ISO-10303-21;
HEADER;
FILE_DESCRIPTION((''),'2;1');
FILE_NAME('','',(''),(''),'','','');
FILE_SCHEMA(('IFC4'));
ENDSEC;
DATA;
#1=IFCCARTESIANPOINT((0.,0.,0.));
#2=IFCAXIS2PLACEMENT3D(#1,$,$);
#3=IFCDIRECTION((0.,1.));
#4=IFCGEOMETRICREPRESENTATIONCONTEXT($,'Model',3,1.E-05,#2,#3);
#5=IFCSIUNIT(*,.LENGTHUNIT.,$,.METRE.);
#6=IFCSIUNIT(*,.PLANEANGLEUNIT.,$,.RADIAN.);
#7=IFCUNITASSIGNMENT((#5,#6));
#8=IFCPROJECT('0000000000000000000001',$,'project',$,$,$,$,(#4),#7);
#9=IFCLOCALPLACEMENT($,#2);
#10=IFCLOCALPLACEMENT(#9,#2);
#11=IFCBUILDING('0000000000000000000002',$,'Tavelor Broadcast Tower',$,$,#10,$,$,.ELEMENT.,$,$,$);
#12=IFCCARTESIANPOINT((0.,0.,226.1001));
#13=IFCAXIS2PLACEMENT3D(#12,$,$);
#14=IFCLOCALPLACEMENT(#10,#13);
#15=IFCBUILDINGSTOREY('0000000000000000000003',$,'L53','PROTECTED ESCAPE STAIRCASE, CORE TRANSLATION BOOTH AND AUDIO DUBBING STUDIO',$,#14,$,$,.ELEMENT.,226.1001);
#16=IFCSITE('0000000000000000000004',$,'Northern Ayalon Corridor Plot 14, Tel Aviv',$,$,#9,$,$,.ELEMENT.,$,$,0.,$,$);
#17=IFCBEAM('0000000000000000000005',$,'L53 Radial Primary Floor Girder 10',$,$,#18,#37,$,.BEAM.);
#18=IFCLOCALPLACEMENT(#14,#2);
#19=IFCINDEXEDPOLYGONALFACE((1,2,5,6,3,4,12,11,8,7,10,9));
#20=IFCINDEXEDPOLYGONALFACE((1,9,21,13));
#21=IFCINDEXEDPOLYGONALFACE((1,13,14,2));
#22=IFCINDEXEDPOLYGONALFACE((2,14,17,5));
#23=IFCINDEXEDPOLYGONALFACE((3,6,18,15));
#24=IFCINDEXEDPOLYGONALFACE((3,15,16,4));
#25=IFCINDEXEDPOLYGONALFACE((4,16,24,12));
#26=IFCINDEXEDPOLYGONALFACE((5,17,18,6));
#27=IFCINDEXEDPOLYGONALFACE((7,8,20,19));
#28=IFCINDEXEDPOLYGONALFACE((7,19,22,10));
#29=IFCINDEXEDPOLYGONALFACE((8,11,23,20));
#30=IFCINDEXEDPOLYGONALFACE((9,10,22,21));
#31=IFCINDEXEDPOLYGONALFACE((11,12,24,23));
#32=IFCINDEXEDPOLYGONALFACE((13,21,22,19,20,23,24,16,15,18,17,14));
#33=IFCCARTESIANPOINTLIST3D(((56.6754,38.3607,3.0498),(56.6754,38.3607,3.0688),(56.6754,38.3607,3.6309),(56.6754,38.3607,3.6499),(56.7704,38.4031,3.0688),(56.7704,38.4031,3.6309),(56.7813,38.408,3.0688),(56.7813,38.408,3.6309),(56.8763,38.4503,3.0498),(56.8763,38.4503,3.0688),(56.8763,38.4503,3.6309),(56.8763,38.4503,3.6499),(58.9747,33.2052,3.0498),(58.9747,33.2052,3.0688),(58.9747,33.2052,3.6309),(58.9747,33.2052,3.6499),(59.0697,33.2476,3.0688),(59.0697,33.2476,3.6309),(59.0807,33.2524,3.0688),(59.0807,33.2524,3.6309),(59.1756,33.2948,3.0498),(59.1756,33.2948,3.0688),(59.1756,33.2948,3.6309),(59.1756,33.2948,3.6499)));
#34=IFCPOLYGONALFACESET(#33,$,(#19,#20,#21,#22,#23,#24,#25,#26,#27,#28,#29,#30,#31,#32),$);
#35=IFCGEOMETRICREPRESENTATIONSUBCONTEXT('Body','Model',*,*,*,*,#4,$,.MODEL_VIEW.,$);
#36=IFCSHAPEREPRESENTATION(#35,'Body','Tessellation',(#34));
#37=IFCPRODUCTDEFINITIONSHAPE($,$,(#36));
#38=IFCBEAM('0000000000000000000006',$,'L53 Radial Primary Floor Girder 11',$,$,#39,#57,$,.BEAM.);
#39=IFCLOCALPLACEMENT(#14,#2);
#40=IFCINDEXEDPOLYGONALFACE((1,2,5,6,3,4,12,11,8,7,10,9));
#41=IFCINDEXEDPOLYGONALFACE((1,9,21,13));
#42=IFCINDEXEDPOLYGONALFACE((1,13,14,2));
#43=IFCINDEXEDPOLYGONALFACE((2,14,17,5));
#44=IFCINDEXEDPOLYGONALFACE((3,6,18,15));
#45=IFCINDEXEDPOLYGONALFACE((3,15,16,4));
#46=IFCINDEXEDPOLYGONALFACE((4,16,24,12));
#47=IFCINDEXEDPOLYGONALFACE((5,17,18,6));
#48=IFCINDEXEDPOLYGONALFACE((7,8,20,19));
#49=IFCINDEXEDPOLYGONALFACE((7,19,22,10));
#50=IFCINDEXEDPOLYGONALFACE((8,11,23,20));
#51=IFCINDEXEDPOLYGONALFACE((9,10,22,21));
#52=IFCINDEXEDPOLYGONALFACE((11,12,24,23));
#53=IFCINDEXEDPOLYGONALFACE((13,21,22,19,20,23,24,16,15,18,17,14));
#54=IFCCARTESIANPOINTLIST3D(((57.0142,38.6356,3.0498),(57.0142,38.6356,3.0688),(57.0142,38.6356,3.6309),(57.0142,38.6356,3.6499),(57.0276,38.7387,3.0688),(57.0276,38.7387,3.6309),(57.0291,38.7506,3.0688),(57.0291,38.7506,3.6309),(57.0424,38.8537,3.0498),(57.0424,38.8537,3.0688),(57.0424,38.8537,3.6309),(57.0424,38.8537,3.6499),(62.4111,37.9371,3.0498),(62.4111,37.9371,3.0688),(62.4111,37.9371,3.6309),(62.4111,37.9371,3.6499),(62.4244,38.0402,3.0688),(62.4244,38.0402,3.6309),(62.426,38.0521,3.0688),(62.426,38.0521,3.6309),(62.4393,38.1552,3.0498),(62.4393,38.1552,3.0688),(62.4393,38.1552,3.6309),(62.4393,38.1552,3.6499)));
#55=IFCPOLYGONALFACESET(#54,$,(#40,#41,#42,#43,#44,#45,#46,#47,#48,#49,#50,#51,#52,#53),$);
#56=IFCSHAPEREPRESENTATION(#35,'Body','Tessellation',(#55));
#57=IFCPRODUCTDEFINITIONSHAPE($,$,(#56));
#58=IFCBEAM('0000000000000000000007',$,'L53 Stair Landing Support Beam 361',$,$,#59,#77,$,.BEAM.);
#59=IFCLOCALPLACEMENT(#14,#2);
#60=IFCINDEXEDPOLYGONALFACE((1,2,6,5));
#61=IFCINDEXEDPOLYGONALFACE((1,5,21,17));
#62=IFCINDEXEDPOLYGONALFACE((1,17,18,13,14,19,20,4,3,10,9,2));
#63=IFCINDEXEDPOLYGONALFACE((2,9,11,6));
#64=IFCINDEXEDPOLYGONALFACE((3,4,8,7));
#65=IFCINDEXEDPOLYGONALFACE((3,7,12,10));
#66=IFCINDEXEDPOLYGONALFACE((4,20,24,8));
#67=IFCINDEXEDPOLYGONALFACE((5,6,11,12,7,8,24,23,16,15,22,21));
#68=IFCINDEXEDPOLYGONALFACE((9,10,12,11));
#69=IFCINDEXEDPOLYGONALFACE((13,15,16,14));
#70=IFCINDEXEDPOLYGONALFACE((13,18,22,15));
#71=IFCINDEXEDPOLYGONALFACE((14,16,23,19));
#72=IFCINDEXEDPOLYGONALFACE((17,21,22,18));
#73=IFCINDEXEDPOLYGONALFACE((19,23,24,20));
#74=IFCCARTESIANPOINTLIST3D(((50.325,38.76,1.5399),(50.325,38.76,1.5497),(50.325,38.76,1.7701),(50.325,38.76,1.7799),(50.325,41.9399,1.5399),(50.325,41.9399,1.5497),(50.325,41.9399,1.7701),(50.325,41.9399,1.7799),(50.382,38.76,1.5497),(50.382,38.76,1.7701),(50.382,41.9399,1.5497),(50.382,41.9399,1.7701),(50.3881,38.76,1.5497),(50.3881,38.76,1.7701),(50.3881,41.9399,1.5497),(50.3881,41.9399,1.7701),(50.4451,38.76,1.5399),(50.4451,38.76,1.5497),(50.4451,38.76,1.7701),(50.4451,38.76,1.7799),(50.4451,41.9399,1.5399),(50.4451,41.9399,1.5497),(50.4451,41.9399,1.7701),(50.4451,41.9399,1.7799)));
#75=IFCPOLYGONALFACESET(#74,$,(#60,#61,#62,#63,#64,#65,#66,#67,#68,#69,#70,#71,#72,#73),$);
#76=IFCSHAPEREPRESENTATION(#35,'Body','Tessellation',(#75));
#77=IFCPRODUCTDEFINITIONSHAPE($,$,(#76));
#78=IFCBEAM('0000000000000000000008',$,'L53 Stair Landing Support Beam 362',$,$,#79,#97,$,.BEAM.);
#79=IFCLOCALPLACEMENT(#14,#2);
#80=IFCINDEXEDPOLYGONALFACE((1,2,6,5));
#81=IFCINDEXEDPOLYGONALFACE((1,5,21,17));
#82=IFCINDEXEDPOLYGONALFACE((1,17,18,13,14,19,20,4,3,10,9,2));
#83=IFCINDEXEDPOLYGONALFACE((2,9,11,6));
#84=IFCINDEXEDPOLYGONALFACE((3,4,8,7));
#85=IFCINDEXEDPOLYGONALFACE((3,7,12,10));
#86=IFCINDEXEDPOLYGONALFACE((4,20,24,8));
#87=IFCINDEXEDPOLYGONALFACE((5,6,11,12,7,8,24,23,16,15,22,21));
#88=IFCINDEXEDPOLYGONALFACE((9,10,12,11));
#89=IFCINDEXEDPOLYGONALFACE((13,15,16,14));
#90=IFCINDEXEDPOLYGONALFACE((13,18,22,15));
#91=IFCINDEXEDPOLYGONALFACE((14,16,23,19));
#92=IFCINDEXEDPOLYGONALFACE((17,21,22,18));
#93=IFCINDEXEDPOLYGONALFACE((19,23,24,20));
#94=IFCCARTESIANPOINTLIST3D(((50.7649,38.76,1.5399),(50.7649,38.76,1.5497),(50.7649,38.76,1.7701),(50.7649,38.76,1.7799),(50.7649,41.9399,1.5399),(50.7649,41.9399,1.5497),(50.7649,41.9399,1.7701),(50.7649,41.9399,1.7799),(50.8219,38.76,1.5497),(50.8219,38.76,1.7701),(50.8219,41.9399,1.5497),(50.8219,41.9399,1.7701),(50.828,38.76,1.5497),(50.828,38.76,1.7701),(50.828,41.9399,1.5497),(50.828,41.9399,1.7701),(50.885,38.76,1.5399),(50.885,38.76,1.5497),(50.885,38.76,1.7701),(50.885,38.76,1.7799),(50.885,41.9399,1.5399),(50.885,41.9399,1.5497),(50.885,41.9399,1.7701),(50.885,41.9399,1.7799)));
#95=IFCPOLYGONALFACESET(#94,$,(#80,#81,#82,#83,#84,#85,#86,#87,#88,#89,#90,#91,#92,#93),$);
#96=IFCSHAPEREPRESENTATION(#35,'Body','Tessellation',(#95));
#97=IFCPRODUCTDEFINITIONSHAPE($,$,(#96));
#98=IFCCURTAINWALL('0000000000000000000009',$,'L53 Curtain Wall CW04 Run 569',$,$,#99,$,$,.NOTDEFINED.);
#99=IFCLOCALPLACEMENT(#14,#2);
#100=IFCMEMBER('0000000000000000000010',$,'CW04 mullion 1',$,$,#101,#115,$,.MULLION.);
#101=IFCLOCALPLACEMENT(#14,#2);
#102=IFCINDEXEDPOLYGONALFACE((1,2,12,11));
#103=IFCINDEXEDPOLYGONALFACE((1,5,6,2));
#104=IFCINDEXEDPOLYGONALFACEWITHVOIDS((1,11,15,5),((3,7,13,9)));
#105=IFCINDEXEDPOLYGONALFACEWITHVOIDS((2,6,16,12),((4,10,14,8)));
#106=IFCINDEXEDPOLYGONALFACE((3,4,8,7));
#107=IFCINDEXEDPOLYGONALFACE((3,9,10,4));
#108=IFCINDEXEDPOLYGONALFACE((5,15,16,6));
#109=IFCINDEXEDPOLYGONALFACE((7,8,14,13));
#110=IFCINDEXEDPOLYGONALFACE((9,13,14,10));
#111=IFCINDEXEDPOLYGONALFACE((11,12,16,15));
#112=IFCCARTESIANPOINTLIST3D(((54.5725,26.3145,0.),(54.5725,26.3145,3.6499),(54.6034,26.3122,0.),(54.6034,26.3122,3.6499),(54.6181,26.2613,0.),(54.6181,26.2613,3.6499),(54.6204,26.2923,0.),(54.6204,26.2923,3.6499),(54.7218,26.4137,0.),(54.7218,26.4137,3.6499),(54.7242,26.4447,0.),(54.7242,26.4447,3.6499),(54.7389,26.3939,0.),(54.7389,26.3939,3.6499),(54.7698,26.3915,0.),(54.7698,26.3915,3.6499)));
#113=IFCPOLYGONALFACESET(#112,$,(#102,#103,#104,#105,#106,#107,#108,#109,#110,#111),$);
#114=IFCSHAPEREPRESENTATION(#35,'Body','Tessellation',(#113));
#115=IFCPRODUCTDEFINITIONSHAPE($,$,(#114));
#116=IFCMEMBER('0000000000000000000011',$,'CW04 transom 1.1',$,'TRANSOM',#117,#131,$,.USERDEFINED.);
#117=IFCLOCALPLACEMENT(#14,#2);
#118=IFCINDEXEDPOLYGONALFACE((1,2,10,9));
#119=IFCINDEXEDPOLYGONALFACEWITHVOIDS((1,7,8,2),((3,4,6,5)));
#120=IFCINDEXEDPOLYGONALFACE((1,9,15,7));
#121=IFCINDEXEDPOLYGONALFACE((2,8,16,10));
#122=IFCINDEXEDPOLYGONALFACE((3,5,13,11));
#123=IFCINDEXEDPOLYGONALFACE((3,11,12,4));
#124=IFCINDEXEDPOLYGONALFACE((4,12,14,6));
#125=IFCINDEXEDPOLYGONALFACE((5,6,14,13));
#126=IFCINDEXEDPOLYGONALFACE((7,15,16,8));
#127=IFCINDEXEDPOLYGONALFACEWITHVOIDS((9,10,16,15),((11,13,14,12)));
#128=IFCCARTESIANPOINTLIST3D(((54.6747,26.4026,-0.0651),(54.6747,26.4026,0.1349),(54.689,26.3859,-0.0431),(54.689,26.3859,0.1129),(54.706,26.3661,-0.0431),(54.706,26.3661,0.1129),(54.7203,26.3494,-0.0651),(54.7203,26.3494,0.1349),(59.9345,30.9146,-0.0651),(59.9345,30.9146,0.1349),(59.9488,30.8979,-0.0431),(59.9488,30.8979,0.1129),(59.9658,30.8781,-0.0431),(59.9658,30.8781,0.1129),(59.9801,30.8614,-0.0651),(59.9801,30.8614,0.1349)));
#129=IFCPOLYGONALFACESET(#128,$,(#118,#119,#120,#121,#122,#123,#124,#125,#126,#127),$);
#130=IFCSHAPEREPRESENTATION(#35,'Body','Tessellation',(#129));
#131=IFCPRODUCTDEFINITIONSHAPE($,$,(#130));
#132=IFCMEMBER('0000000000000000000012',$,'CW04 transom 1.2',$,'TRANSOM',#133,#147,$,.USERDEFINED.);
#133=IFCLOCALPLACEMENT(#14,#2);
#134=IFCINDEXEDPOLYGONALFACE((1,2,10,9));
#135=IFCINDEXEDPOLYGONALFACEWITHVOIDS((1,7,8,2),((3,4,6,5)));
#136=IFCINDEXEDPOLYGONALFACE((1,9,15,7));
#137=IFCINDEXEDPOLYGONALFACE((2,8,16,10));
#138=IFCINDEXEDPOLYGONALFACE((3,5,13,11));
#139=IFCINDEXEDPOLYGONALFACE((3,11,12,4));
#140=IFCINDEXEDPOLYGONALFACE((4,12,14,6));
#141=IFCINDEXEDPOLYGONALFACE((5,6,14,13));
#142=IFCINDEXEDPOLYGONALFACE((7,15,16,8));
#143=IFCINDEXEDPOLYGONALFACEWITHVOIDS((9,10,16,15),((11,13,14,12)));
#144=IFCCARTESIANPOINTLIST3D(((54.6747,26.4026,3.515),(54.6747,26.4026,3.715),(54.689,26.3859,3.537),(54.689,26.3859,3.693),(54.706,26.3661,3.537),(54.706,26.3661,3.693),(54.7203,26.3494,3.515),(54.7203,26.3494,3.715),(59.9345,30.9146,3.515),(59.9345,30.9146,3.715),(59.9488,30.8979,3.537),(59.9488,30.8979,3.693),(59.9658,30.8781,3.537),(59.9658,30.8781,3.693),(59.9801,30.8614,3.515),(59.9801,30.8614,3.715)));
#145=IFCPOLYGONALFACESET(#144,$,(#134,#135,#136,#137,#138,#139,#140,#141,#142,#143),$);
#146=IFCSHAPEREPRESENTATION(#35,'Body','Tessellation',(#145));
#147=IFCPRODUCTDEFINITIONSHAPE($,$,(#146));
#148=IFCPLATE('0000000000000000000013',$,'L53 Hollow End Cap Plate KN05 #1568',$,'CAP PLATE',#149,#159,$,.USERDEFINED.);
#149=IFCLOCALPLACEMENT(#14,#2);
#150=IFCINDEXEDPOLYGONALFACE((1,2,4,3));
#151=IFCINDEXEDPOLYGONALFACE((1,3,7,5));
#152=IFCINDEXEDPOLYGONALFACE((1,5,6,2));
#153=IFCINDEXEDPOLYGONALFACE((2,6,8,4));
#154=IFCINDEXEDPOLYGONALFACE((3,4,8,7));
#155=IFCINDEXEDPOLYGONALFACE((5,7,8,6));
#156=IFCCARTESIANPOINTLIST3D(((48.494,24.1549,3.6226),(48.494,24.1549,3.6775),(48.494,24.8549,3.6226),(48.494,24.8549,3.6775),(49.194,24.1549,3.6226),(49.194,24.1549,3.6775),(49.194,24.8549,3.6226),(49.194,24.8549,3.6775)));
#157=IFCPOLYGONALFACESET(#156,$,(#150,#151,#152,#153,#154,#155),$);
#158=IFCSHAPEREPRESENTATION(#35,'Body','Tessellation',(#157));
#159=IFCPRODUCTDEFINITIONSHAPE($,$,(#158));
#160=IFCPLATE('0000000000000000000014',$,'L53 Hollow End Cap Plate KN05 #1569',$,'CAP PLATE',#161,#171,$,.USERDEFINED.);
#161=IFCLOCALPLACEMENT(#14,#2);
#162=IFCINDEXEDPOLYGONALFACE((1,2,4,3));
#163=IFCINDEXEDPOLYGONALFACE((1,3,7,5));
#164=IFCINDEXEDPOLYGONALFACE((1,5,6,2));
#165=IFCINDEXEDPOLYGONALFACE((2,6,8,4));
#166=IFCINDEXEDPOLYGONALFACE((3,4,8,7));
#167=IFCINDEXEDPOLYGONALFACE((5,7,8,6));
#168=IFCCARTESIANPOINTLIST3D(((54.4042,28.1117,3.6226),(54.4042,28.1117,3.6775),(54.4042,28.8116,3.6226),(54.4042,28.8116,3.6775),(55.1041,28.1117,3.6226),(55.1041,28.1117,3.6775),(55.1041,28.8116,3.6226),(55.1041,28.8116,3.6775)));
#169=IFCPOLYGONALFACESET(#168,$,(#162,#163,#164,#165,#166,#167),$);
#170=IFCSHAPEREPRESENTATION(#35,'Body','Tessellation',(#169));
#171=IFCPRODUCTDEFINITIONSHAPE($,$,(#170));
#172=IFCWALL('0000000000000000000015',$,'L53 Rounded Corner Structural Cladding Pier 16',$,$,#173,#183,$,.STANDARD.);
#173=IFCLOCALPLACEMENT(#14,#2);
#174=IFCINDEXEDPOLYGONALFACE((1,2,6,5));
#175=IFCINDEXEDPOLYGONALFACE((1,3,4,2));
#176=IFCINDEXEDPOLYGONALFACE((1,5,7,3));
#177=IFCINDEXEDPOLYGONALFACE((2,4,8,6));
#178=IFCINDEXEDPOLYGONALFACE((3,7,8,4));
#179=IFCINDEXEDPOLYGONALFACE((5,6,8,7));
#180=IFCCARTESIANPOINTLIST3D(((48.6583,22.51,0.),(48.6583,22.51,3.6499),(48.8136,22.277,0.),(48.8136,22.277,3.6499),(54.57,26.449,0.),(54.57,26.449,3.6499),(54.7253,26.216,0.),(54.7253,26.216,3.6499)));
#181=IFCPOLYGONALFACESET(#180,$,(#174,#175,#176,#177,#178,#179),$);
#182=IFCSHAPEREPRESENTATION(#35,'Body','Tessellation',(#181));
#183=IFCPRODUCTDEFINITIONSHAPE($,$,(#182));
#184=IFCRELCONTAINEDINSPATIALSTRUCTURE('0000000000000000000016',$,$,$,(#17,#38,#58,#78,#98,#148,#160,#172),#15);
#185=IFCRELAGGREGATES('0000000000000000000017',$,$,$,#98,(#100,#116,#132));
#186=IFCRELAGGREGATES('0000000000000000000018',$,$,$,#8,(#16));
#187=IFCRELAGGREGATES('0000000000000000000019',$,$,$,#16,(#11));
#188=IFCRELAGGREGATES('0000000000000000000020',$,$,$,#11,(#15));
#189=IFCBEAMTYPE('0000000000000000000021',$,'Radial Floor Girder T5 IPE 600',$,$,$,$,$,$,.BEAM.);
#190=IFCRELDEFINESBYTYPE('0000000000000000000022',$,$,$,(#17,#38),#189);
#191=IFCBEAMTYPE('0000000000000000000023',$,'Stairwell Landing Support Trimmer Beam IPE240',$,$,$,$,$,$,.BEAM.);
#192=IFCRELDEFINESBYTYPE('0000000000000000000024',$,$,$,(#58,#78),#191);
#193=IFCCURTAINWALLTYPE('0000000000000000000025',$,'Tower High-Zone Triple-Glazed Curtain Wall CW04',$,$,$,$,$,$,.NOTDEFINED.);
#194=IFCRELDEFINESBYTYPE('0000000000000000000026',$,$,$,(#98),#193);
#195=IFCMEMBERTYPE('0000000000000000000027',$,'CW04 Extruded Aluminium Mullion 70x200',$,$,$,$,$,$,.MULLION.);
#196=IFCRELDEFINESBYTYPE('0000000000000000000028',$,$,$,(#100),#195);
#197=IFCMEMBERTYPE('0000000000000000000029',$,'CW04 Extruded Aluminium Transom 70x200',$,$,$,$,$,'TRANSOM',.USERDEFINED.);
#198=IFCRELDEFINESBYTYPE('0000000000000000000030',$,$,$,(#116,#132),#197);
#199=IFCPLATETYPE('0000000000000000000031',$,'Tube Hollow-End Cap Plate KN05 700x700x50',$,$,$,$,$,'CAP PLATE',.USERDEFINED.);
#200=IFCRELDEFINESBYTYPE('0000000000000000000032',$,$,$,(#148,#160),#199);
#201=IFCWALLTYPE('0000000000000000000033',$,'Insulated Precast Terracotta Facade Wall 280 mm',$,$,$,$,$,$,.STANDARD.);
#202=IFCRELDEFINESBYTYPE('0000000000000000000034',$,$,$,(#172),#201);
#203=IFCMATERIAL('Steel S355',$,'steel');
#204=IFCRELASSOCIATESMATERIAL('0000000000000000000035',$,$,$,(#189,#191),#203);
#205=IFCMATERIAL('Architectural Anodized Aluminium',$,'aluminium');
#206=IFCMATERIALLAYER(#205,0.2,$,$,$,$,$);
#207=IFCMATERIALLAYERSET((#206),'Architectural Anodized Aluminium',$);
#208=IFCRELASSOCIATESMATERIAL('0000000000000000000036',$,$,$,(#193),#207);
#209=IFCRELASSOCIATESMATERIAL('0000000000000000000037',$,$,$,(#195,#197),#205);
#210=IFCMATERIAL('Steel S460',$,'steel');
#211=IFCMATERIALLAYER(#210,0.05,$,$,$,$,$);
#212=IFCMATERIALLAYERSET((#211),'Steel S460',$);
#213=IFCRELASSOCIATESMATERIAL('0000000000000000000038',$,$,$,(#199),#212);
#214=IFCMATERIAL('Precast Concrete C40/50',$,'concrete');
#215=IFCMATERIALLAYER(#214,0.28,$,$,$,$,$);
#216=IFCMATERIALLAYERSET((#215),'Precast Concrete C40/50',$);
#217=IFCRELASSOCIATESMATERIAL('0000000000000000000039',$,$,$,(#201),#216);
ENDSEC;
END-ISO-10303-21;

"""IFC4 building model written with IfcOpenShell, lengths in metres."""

from ifc_helpers import new_model, si_unit, direction, frame, frame_2d, origin, origin_2d, place, context, subcontext, project, spatial, rectangle, hollow_rectangle, i_section, extrude, source, transform, mapped, material, layer, layer_set, material_profile, profile_set, type_object, type_shapes, element, aggregate, save


model = new_model("IFC4")

# Units and contexts
model_context = context("Model", 3, precision=1e-05, world=origin(), true_north=direction((0.0, 1.0)))
body_context = subcontext(model_context, "Body", "Model", "MODEL_VIEW")
ifc_project = project(units=[si_unit("LENGTHUNIT", "METRE"), si_unit("PLANEANGLEUNIT", "RADIAN")], contexts=[model_context])

# Site, building, storey
site_placement = place(None, origin())
site = spatial("IfcSite", under=ifc_project, at=site_placement, Name="Northern Ayalon Corridor Plot 14, Tel Aviv", CompositionType="ELEMENT", RefElevation=0.0)
building_placement = place(site_placement, origin())
building = spatial("IfcBuilding", under=site, at=building_placement, Name="Tavelor Broadcast Tower", CompositionType="ELEMENT")
storey_placement = place(building_placement, frame((0.0, 0.0, 226.1001)))
storey = spatial("IfcBuildingStorey", under=building, at=storey_placement, Name="L53", Description="PROTECTED ESCAPE STAIRCASE, CORE TRANSLATION BOOTH AND AUDIO DUBBING STUDIO", CompositionType="ELEMENT", Elevation=226.1001)

# Shared definitions
ifc_material_1 = material(Name="Steel S460", Category="steel")

# Shared definitions
ifc_material_2 = material(Name="Steel S355", Category="steel")

# Beams
ifc_material_profile_1 = material_profile(ifc_material_2, i_section(OverallWidth=0.22, OverallDepth=0.6001, WebThickness=0.012, FlangeThickness=0.019, at=origin_2d()), Name="IPE 600")
ifc_profile_set_1 = profile_set([ifc_material_profile_1], Name="Steel S355")
beam_type_1 = type_object("IfcBeamType", Name="Radial Floor Girder T5 IPE 600", PredefinedType="BEAM", material=ifc_profile_set_1)
beam_1_placement = place(storey_placement, frame((56.7759, 38.4055, 3.3499), z_axis=(0.407318, -0.913286, 0.0), x_axis=(0.913286, 0.407318, 0.0)))
element("IfcBeam", 1, at=beam_1_placement, inside=storey, type_object=beam_type_1, Name="L53 Radial Primary Floor Girder 10", PredefinedType="BEAM", context=body_context, shape_type="SweptSolid", body=[
    extrude(i_section(OverallWidth=0.22, OverallDepth=0.6001, WebThickness=0.012, FlangeThickness=0.019, at=origin_2d()), origin(), (0.0, 0.0, 1.0), 5.645),
])
beam_2_placement = place(storey_placement, frame((57.0283, 38.7446, 3.3499), z_axis=(0.991729, -0.128351, 0.0), x_axis=(0.128351, 0.991729, 0.0)))
element("IfcBeam", 2, at=beam_2_placement, inside=storey, type_object=beam_type_1, Name="L53 Radial Primary Floor Girder 11", PredefinedType="BEAM", context=body_context, shape_type="SweptSolid", body=[
    extrude(i_section(OverallWidth=0.22, OverallDepth=0.6001, WebThickness=0.012, FlangeThickness=0.019, at=origin_2d()), origin(), (0.0, 0.0, 1.0), 5.4419),
])
ifc_material_profile_2 = material_profile(ifc_material_2, i_section(OverallWidth=0.1201, OverallDepth=0.24, WebThickness=0.0061, FlangeThickness=0.0098, at=origin_2d()), Name="IPE 240")
ifc_profile_set_2 = profile_set([ifc_material_profile_2], Name="Steel S355")
beam_type_2 = type_object("IfcBeamType", Name="Stairwell Landing Support Trimmer Beam IPE240", PredefinedType="BEAM", material=ifc_profile_set_2)
for number, where, z_axis, x_axis, name in (
    (3, (50.385, 38.76, 1.6599), (0.0, 1.0, 0.0), (-1.0, 0.0, 0.0), "L53 Stair Landing Support Beam 361"),
    (4, (50.825, 38.76, 1.6599), (0.0, 1.0, 0.0), (-1.0, 0.0, 0.0), "L53 Stair Landing Support Beam 362"),
):
    element("IfcBeam", number, at=place(storey_placement, frame(where, z_axis=z_axis, x_axis=x_axis)), inside=storey, type_object=beam_type_2, Name=name, PredefinedType="BEAM", context=body_context, shape_type="SweptSolid", body=[
        extrude(i_section(OverallWidth=0.1201, OverallDepth=0.24, WebThickness=0.0061, FlangeThickness=0.0098, at=origin_2d()), origin(), (0.0, 0.0, 1.0), 3.1799),
    ])

# Curtain wall, members
ifc_material_3 = material(Name="Architectural Anodized Aluminium", Category="aluminium")
ifc_layer_1 = layer(ifc_material_3, 0.2)
ifc_layer_set_1 = layer_set([ifc_layer_1], Name="Architectural Anodized Aluminium")
curtain_wall_type = type_object("IfcCurtainWallType", Name="Tower High-Zone Triple-Glazed Curtain Wall CW04", PredefinedType="NOTDEFINED", material=ifc_layer_set_1)
curtain_wall_placement = place(storey_placement, origin())
curtain_wall = element("IfcCurtainWall", 5, at=curtain_wall_placement, inside=storey, type_object=curtain_wall_type, Name="L53 Curtain Wall CW04 Run 569", PredefinedType="NOTDEFINED")
ifc_material_profile_3 = material_profile(ifc_material_3, hollow_rectangle(XDim=0.0701, YDim=0.2, WallThickness=0.022, at=origin_2d()), Name="RHS 70x200x22")
ifc_profile_set_3 = profile_set([ifc_material_profile_3], Name="Architectural Anodized Aluminium")
member_type_1 = type_object("IfcMemberType", Name="CW04 Extruded Aluminium Mullion 70x200", PredefinedType="MULLION", material=ifc_profile_set_3)
shared_shape_1 = source(origin(), body_context, "Body", "SweptSolid", [
    extrude(hollow_rectangle(XDim=0.0701, YDim=0.2, WallThickness=0.022, at=origin_2d()), origin(), (0.0, 0.0, 1.0), 3.6499),
])
type_shapes(member_type_1, [shared_shape_1])
member_1_placement = place(storey_placement, frame((54.6711, 26.353, 0.0), z_axis=(0.0, 0.0, 1.0), x_axis=(-0.651107, 0.758986, 0.0)))
member_1 = element("IfcMember", 6, at=member_1_placement, type_object=member_type_1, Name="CW04 mullion 1", PredefinedType="MULLION", context=body_context, shape_type="MappedRepresentation", body=[
    mapped(shared_shape_1, transform((0.0, 0.0, 0.0), scale=1.0)),
])
ifc_material_profile_4 = material_profile(ifc_material_3, hollow_rectangle(XDim=0.0701, YDim=0.2, WallThickness=0.022, at=origin_2d()), Name="RHS 70x200x22")
ifc_profile_set_4 = profile_set([ifc_material_profile_4], Name="Architectural Anodized Aluminium")
member_type_2 = type_object("IfcMemberType", Name="CW04 Extruded Aluminium Transom 70x200", ElementType="TRANSOM", PredefinedType="USERDEFINED", material=ifc_profile_set_4)
shared_shape_2 = source(origin(), body_context, "Body", "SweptSolid", [
    extrude(hollow_rectangle(XDim=0.0701, YDim=0.2, WallThickness=0.022, at=origin_2d()), origin(), (0.0, 0.0, 1.0), 6.9299),
])
type_shapes(member_type_2, [shared_shape_2])
member_2_placement = place(storey_placement, frame((54.6975, 26.376, 0.0349), z_axis=(0.759, 0.65109, 0.0), x_axis=(-0.65109, 0.759, 0.0)))
member_2 = element("IfcMember", 7, at=member_2_placement, type_object=member_type_2, Name="CW04 transom 1.1", ObjectType="TRANSOM", PredefinedType="USERDEFINED", context=body_context, shape_type="MappedRepresentation", body=[
    mapped(shared_shape_2, transform((0.0, 0.0, 0.0), scale=1.0)),
])
member_3_placement = place(storey_placement, frame((54.6975, 26.376, 3.615), z_axis=(0.759, 0.65109, 0.0), x_axis=(-0.65109, 0.759, 0.0)))
member_3 = element("IfcMember", 8, at=member_3_placement, type_object=member_type_2, Name="CW04 transom 1.2", ObjectType="TRANSOM", PredefinedType="USERDEFINED", context=body_context, shape_type="MappedRepresentation", body=[
    mapped(shared_shape_2, transform((0.0, 0.0, 0.0), scale=1.0)),
])
aggregate(curtain_wall, [member_1, member_2, member_3])

# Plates
ifc_layer_2 = layer(ifc_material_1, 0.05)
ifc_layer_set_2 = layer_set([ifc_layer_2], Name="Steel S460")
plate_type = type_object("IfcPlateType", Name="Tube Hollow-End Cap Plate KN05 700x700x50", ElementType="CAP PLATE", PredefinedType="USERDEFINED", material=ifc_layer_set_2)
shared_shape_3 = source(origin(), body_context, "Body", "SweptSolid", [
    extrude(rectangle(XDim=0.7, YDim=0.7, at=origin_2d()), origin(), (0.0, 0.0, 1.0), 0.0549),
])
type_shapes(plate_type, [shared_shape_3])
for number, where, z_axis, x_axis, name in (
    (9, (48.844, 24.5049, 3.6226), (0.0, 0.0, 1.0), (1.0, 0.0, 0.0), "L53 Hollow End Cap Plate KN05 #1568"),
    (10, (54.7542, 28.4617, 3.6226), (0.0, 0.0, 1.0), (1.0, 0.0, 0.0), "L53 Hollow End Cap Plate KN05 #1569"),
):
    element("IfcPlate", number, at=place(storey_placement, frame(where, z_axis=z_axis, x_axis=x_axis)), inside=storey, type_object=plate_type, Name=name, ObjectType="CAP PLATE", PredefinedType="USERDEFINED", context=body_context, shape_type="MappedRepresentation", body=[
        mapped(shared_shape_3, transform((0.0, 0.0, 0.0), scale=1.0)),
    ])

# Wall
ifc_material_4 = material(Name="Precast Concrete C40/50", Category="concrete")
ifc_layer_3 = layer(ifc_material_4, 0.28)
ifc_layer_set_3 = layer_set([ifc_layer_3], Name="Precast Concrete C40/50")
wall_type_1 = type_object("IfcWallType", Name="Insulated Precast Terracotta Facade Wall 280 mm", PredefinedType="STANDARD", material=ifc_layer_set_3)
wall_1_placement = place(storey_placement, frame((48.7361, 22.3936, 0.0), z_axis=(0.0, 0.0, 1.0), x_axis=(0.832188, 0.554494, 0.0)))
element("IfcWall", 11, at=wall_1_placement, inside=storey, type_object=wall_type_1, Name="L53 Rounded Corner Structural Cladding Pier 16", PredefinedType="STANDARD", context=body_context, shape_type="SweptSolid", body=[
    extrude(rectangle(XDim=7.1038, YDim=0.28, at=frame_2d((3.5518, 0.0))), origin(), (0.0, 0.0, 1.0), 3.6499),
])

save(model, "model.ifc")
